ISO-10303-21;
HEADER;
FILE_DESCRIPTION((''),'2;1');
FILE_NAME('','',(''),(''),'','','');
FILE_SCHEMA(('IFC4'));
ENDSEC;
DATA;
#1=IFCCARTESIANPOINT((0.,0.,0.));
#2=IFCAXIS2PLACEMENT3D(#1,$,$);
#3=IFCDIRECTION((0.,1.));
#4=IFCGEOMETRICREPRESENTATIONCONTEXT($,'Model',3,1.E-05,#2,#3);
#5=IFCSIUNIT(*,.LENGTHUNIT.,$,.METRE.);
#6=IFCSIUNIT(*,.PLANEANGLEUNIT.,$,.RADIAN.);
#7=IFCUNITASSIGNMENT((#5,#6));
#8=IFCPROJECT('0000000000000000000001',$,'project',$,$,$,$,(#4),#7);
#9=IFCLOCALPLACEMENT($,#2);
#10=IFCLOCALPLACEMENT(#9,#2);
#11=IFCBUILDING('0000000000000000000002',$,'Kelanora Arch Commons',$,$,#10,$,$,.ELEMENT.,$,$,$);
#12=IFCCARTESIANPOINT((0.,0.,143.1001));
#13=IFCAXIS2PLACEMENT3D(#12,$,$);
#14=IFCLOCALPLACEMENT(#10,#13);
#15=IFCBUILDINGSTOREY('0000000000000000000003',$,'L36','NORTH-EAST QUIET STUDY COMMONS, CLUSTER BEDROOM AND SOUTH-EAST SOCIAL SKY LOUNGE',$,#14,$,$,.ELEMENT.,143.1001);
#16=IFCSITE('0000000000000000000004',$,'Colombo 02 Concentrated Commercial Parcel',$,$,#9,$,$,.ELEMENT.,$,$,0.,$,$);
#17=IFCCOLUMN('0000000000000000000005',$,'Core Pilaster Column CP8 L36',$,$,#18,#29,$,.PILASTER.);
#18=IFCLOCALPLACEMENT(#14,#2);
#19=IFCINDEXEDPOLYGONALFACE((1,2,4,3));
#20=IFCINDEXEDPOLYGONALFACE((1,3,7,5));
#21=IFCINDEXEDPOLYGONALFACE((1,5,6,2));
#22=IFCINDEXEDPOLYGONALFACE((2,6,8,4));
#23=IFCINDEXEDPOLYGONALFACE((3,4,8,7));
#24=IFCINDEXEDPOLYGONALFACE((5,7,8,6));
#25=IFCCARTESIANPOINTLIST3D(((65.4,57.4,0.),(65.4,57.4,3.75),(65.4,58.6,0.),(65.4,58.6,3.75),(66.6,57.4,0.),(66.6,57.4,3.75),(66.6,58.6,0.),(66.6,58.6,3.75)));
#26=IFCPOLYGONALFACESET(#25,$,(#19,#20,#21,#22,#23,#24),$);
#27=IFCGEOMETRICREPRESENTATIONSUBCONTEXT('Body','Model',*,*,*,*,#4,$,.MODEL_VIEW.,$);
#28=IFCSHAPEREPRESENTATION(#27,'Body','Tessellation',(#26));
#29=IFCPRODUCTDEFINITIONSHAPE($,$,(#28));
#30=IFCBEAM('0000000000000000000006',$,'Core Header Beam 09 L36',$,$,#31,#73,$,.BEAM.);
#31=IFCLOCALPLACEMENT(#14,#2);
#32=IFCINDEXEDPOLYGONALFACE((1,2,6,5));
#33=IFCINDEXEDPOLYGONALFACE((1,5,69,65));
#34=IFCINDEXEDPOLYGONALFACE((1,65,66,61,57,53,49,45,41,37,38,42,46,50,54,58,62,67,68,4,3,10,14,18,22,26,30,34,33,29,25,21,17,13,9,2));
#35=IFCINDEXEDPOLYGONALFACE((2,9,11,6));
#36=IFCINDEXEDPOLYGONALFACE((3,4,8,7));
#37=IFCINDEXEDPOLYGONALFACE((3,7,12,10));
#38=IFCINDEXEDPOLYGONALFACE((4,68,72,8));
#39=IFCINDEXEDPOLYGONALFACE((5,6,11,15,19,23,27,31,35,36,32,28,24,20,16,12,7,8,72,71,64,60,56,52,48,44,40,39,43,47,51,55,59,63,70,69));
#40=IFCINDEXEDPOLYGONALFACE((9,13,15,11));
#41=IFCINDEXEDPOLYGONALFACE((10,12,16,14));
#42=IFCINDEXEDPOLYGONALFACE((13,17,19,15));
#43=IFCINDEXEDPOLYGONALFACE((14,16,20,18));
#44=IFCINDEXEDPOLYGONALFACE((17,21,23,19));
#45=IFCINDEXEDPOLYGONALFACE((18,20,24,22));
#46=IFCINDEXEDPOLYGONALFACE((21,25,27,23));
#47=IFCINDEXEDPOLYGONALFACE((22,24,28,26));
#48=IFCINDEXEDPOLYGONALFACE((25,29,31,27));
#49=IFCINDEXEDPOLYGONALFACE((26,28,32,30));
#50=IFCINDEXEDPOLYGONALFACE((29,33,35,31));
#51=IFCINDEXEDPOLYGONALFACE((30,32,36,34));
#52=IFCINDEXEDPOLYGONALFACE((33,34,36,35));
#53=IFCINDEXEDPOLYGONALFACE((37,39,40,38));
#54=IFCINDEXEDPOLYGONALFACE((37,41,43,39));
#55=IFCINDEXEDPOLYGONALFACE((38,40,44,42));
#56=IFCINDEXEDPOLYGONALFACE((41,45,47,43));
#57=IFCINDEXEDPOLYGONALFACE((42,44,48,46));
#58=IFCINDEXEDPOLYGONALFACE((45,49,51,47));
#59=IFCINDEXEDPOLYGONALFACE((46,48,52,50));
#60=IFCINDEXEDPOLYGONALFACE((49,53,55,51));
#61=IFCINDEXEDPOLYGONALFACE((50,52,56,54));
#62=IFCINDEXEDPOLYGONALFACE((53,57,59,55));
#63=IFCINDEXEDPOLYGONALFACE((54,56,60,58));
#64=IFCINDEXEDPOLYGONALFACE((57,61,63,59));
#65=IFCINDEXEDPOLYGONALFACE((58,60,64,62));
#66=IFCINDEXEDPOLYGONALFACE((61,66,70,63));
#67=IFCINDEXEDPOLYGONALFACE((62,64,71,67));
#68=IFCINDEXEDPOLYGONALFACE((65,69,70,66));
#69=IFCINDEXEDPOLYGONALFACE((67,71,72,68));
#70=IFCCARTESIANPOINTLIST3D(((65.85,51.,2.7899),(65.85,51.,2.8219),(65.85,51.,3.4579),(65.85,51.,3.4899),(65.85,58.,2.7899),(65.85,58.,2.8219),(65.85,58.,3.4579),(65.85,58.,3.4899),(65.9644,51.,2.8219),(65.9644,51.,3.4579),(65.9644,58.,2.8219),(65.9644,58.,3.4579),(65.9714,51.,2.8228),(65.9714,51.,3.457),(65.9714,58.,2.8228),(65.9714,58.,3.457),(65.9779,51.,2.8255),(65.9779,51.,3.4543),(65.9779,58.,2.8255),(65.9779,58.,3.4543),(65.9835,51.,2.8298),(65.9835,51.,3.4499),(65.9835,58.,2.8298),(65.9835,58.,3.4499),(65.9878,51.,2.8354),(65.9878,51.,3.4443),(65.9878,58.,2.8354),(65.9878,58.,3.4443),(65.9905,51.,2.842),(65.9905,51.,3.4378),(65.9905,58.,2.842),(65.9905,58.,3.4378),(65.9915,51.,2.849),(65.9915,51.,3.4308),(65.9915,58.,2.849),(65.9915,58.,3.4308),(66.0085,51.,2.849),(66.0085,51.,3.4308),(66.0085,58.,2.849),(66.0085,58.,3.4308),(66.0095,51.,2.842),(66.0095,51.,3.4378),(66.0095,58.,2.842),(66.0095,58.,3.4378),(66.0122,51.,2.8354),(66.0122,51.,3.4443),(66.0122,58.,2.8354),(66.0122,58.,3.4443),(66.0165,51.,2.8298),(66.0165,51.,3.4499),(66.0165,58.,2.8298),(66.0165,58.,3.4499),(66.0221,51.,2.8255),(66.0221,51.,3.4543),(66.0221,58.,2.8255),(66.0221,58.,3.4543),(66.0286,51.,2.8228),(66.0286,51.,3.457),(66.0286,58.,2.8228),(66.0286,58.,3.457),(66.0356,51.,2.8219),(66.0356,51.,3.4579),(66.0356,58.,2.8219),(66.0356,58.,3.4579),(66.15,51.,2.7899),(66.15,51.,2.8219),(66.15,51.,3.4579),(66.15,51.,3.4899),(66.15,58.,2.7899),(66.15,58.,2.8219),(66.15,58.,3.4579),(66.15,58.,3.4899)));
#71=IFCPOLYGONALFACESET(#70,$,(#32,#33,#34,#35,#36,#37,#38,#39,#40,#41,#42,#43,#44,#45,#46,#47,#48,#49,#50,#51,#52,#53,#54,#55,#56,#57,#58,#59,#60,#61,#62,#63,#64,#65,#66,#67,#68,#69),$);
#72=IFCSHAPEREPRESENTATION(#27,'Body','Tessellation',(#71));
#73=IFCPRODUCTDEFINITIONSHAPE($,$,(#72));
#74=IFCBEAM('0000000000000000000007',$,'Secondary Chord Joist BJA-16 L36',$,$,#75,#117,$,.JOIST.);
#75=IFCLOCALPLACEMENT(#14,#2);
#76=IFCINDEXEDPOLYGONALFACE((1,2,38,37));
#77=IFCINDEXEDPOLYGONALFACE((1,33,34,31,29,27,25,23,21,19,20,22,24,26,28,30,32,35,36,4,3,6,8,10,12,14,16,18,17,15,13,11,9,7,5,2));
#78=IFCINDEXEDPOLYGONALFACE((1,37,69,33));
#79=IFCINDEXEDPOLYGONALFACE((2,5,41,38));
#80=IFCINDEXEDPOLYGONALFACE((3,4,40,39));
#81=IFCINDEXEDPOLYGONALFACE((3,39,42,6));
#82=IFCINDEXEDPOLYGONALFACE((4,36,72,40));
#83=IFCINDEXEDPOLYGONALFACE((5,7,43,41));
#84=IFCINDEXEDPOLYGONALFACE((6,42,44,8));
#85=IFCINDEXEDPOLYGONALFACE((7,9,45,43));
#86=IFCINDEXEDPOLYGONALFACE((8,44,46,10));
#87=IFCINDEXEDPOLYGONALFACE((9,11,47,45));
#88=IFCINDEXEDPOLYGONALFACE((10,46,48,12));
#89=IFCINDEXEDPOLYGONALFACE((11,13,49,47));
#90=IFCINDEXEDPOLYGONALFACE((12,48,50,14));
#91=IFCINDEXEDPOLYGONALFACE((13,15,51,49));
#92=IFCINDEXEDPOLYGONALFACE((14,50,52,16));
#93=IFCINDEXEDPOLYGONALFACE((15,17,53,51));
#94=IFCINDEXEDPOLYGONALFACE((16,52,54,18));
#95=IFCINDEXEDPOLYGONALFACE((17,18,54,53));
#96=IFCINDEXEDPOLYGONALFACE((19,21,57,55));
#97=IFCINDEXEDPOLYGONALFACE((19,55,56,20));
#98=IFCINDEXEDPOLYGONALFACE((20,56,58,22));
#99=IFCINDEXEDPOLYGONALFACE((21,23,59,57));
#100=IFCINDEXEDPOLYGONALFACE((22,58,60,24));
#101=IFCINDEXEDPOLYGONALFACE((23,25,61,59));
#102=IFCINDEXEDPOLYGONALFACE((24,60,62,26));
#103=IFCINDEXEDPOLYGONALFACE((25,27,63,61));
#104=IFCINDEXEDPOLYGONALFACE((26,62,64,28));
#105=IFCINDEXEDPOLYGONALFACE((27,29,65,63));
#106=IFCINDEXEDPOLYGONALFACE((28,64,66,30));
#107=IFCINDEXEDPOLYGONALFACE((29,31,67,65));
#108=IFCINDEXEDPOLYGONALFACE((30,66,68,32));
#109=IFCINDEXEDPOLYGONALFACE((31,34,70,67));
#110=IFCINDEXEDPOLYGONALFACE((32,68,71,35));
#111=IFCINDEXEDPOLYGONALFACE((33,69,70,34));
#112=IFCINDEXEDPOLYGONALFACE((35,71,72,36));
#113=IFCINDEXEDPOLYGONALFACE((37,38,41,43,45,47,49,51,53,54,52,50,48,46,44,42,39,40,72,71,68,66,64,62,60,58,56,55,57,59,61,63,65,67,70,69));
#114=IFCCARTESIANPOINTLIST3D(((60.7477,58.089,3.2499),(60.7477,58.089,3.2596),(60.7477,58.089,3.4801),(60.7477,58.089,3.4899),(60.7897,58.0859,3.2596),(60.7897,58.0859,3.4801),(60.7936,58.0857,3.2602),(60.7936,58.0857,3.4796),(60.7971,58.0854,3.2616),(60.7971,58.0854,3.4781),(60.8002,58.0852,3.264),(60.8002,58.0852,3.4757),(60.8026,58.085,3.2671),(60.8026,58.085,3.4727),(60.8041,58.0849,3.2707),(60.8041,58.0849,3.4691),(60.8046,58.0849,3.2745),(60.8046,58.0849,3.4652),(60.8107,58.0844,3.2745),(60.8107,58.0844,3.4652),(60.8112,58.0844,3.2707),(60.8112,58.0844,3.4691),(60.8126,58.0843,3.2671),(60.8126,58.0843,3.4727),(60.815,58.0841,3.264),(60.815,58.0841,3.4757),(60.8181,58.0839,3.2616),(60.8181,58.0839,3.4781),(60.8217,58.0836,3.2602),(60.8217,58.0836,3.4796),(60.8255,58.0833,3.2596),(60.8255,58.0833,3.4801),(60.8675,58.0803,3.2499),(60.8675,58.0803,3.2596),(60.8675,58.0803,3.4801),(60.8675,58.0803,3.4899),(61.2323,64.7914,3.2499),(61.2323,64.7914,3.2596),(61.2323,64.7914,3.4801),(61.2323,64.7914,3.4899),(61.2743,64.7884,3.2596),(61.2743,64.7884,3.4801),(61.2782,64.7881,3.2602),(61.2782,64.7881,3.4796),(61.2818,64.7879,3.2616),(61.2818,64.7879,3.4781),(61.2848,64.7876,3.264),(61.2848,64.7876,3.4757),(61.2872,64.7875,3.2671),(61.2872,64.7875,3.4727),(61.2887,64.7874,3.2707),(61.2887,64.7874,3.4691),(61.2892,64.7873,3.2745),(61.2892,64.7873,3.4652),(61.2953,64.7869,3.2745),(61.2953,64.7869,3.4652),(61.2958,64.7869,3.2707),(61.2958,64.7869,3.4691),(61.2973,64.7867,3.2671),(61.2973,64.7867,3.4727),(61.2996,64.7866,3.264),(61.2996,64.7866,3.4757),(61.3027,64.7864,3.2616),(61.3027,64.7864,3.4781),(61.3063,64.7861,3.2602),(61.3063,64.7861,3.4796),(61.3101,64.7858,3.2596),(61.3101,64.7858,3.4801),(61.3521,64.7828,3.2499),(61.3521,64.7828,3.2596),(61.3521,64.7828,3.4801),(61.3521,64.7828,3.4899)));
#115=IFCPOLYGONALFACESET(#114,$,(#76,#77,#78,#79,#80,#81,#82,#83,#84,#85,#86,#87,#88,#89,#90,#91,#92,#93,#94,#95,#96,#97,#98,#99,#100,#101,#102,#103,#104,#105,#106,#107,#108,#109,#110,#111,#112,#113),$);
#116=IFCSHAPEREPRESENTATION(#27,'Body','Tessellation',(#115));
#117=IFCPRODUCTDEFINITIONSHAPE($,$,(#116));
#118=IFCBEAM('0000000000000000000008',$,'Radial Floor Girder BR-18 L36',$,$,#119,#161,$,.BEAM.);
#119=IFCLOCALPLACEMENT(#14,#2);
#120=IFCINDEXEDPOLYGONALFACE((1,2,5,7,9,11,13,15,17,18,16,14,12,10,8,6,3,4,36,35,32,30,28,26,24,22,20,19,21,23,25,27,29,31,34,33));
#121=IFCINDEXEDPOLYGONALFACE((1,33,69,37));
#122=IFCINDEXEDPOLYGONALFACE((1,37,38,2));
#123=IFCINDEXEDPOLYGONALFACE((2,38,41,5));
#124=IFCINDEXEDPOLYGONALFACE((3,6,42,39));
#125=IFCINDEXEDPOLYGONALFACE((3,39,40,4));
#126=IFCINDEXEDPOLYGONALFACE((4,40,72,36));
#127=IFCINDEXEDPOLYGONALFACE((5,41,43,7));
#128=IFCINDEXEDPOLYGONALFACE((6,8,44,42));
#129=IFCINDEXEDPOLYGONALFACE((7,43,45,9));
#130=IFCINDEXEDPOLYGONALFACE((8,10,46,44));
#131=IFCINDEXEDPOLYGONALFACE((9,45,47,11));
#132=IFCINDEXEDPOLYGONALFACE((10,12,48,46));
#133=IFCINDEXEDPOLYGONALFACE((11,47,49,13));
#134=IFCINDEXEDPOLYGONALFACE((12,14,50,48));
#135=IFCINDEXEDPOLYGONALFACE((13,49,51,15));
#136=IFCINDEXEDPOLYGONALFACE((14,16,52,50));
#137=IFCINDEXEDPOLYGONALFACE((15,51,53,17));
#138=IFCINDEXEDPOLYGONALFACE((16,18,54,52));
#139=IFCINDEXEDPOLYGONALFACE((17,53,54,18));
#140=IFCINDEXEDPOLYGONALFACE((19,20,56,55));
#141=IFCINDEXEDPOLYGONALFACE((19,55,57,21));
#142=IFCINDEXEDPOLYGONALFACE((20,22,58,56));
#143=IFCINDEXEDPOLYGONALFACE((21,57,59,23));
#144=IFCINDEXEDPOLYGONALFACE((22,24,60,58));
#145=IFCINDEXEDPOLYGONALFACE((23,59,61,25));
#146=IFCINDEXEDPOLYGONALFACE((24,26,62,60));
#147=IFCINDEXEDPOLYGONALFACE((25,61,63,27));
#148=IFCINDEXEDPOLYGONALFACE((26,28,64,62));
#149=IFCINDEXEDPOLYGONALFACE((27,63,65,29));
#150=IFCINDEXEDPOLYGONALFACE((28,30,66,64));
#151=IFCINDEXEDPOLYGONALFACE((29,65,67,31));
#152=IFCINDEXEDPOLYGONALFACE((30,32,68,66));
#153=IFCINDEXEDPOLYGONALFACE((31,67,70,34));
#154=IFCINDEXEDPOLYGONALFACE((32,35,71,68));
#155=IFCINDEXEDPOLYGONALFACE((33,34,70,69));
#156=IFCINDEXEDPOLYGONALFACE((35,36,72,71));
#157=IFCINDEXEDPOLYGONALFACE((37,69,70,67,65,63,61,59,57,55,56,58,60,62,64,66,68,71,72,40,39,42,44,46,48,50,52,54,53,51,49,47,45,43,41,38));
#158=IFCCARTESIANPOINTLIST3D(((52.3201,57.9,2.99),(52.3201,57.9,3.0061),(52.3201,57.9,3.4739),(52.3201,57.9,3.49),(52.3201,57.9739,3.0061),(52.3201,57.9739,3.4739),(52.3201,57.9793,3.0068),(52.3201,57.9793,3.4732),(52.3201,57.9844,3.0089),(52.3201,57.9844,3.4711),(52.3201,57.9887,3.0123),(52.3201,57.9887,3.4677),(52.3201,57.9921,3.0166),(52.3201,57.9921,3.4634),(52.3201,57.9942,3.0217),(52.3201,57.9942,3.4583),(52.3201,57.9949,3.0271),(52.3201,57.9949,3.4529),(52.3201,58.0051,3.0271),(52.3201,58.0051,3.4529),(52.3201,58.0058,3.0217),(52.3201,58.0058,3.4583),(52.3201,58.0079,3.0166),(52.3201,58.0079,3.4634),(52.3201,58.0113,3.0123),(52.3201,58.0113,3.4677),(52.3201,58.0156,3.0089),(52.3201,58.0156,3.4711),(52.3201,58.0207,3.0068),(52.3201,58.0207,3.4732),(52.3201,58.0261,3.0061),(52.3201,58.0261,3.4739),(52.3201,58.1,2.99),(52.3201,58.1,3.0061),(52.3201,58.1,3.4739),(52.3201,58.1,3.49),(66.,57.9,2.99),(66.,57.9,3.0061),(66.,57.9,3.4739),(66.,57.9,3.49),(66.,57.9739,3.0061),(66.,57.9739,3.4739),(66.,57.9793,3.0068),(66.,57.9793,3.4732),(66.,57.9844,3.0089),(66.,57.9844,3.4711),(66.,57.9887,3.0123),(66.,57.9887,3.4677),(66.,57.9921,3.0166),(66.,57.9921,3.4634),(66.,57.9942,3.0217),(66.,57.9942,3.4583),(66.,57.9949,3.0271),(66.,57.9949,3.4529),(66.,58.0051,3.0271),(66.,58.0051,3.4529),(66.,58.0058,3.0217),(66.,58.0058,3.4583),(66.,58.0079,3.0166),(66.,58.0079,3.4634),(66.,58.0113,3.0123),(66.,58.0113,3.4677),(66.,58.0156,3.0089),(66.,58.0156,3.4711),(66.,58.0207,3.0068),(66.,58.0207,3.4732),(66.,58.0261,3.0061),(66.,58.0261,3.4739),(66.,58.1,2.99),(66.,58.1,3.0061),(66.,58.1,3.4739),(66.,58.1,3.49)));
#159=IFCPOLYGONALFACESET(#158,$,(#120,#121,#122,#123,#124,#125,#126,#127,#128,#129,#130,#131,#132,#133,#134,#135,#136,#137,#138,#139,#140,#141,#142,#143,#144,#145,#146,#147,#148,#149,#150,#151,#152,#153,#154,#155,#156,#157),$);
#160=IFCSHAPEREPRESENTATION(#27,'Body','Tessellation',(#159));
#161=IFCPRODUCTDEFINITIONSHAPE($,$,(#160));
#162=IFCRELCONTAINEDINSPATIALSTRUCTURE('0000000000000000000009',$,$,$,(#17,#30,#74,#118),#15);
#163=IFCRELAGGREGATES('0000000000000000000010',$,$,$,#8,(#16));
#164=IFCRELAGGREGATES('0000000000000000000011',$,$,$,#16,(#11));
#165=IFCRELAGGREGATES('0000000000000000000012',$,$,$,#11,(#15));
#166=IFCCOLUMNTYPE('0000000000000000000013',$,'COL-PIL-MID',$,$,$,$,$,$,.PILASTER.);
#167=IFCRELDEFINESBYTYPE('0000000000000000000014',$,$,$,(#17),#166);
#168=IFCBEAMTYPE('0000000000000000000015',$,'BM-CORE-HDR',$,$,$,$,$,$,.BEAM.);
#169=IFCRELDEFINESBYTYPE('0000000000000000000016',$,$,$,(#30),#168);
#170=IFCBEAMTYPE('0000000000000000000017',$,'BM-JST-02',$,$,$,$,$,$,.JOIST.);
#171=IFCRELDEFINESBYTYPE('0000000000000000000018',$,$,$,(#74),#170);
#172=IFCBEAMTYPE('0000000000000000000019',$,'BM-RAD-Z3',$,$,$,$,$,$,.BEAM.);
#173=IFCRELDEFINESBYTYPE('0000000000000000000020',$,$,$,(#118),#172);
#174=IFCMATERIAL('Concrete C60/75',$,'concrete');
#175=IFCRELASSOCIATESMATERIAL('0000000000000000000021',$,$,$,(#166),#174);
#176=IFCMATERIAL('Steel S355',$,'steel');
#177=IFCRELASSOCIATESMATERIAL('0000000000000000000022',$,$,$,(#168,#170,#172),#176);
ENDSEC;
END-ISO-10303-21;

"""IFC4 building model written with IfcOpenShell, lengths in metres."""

from ifc_helpers import new_model, si_unit, direction, frame, origin, origin_2d, place, context, subcontext, project, spatial, rectangle, i_section, extrude, material, material_profile, profile_set, type_object, element, save


model = new_model("IFC4")

# Units and contexts
model_context = context("Model", 3, precision=1e-05, world=origin(), true_north=direction((0.0, 1.0)))
body_context = subcontext(model_context, "Body", "Model", "MODEL_VIEW")
ifc_project = project(units=[si_unit("LENGTHUNIT", "METRE"), si_unit("PLANEANGLEUNIT", "RADIAN")], contexts=[model_context])

# Site, building, storey
site_placement = place(None, origin())
site = spatial("IfcSite", under=ifc_project, at=site_placement, Name="Colombo 02 Concentrated Commercial Parcel", CompositionType="ELEMENT", RefElevation=0.0)
building_placement = place(site_placement, origin())
building = spatial("IfcBuilding", under=site, at=building_placement, Name="Kelanora Arch Commons", CompositionType="ELEMENT")
storey_placement = place(building_placement, frame((0.0, 0.0, 143.1001)))
storey = spatial("IfcBuildingStorey", under=building, at=storey_placement, Name="L36", Description="NORTH-EAST QUIET STUDY COMMONS, CLUSTER BEDROOM AND SOUTH-EAST SOCIAL SKY LOUNGE", CompositionType="ELEMENT", Elevation=143.1001)

# Column
ifc_material_1 = material(Name="Concrete C60/75", Category="concrete")
ifc_material_profile_1 = material_profile(ifc_material_1, rectangle(XDim=1.2, YDim=1.2, at=origin_2d()), Name="RC1200x1200")
ifc_profile_set_1 = profile_set([ifc_material_profile_1], Name="Concrete C60/75")
column_type = type_object("IfcColumnType", Name="COL-PIL-MID", PredefinedType="PILASTER", material=ifc_profile_set_1)
column_placement = place(storey_placement, frame((66.0, 58.0, 0.0), z_axis=(0.0, 0.0, 1.0), x_axis=(1.0, 0.0, 0.0)))
element("IfcColumn", 1, at=column_placement, inside=storey, type_object=column_type, Name="Core Pilaster Column CP8 L36", PredefinedType="PILASTER", context=body_context, shape_type="SweptSolid", body=[
    extrude(rectangle(XDim=1.2, YDim=1.2, at=origin_2d()), origin(), (0.0, 0.0, 1.0), 3.75),
])

# Beams
ifc_material_2 = material(Name="Steel S355", Category="steel")
ifc_material_profile_2 = material_profile(ifc_material_2, i_section(OverallWidth=0.3, OverallDepth=0.7, WebThickness=0.0171, FlangeThickness=0.032, FilletRadius=0.0271, at=origin_2d()), Name="HEB700")
ifc_profile_set_2 = profile_set([ifc_material_profile_2], Name="Steel S355")
beam_type_1 = type_object("IfcBeamType", Name="BM-CORE-HDR", PredefinedType="BEAM", material=ifc_profile_set_2)
beam_1_placement = place(storey_placement, frame((66.0, 58.0, 3.1399), z_axis=(0.0, -1.0, 0.0), x_axis=(1.0, 0.0, 0.0)))
element("IfcBeam", 2, at=beam_1_placement, inside=storey, type_object=beam_type_1, Name="Core Header Beam 09 L36", PredefinedType="BEAM", context=body_context, shape_type="SweptSolid", body=[
    extrude(i_section(OverallWidth=0.3, OverallDepth=0.7, WebThickness=0.0171, FlangeThickness=0.032, FilletRadius=0.0271, at=origin_2d()), origin(), (0.0, 0.0, 1.0), 7.0),
])
ifc_material_profile_3 = material_profile(ifc_material_2, i_section(OverallWidth=0.1201, OverallDepth=0.24, WebThickness=0.0061, FlangeThickness=0.0098, FilletRadius=0.0149, at=origin_2d()), Name="IPE240")
ifc_profile_set_3 = profile_set([ifc_material_profile_3], Name="Steel S355")
beam_type_2 = type_object("IfcBeamType", Name="BM-JST-02", PredefinedType="JOIST", material=ifc_profile_set_3)
beam_2_placement = place(storey_placement, frame((61.2922, 64.7871, 3.3699), z_axis=(-0.072117, -0.997396, 0.0), x_axis=(0.997396, -0.072117, 0.0)))
element("IfcBeam", 3, at=beam_2_placement, inside=storey, type_object=beam_type_2, Name="Secondary Chord Joist BJA-16 L36", PredefinedType="JOIST", context=body_context, shape_type="SweptSolid", body=[
    extrude(i_section(OverallWidth=0.1201, OverallDepth=0.24, WebThickness=0.0061, FlangeThickness=0.0098, FilletRadius=0.0149, at=origin_2d()), origin(), (0.0, 0.0, 1.0), 6.72),
])
ifc_material_profile_4 = material_profile(ifc_material_2, i_section(OverallWidth=0.2, OverallDepth=0.5, WebThickness=0.0103, FlangeThickness=0.0161, FilletRadius=0.021, at=origin_2d()), Name="IPE500")
ifc_profile_set_4 = profile_set([ifc_material_profile_4], Name="Steel S355")
beam_type_3 = type_object("IfcBeamType", Name="BM-RAD-Z3", PredefinedType="BEAM", material=ifc_profile_set_4)
beam_3_placement = place(storey_placement, frame((66.0, 58.0, 3.24), z_axis=(-1.0, 0.0, 0.0), x_axis=(0.0, -1.0, 0.0)))
element("IfcBeam", 4, at=beam_3_placement, inside=storey, type_object=beam_type_3, Name="Radial Floor Girder BR-18 L36", PredefinedType="BEAM", context=body_context, shape_type="SweptSolid", body=[
    extrude(i_section(OverallWidth=0.2, OverallDepth=0.5, WebThickness=0.0103, FlangeThickness=0.0161, FilletRadius=0.021, at=origin_2d()), origin(), (0.0, 0.0, 1.0), 13.6799),
])

save(model, "model.ifc")
